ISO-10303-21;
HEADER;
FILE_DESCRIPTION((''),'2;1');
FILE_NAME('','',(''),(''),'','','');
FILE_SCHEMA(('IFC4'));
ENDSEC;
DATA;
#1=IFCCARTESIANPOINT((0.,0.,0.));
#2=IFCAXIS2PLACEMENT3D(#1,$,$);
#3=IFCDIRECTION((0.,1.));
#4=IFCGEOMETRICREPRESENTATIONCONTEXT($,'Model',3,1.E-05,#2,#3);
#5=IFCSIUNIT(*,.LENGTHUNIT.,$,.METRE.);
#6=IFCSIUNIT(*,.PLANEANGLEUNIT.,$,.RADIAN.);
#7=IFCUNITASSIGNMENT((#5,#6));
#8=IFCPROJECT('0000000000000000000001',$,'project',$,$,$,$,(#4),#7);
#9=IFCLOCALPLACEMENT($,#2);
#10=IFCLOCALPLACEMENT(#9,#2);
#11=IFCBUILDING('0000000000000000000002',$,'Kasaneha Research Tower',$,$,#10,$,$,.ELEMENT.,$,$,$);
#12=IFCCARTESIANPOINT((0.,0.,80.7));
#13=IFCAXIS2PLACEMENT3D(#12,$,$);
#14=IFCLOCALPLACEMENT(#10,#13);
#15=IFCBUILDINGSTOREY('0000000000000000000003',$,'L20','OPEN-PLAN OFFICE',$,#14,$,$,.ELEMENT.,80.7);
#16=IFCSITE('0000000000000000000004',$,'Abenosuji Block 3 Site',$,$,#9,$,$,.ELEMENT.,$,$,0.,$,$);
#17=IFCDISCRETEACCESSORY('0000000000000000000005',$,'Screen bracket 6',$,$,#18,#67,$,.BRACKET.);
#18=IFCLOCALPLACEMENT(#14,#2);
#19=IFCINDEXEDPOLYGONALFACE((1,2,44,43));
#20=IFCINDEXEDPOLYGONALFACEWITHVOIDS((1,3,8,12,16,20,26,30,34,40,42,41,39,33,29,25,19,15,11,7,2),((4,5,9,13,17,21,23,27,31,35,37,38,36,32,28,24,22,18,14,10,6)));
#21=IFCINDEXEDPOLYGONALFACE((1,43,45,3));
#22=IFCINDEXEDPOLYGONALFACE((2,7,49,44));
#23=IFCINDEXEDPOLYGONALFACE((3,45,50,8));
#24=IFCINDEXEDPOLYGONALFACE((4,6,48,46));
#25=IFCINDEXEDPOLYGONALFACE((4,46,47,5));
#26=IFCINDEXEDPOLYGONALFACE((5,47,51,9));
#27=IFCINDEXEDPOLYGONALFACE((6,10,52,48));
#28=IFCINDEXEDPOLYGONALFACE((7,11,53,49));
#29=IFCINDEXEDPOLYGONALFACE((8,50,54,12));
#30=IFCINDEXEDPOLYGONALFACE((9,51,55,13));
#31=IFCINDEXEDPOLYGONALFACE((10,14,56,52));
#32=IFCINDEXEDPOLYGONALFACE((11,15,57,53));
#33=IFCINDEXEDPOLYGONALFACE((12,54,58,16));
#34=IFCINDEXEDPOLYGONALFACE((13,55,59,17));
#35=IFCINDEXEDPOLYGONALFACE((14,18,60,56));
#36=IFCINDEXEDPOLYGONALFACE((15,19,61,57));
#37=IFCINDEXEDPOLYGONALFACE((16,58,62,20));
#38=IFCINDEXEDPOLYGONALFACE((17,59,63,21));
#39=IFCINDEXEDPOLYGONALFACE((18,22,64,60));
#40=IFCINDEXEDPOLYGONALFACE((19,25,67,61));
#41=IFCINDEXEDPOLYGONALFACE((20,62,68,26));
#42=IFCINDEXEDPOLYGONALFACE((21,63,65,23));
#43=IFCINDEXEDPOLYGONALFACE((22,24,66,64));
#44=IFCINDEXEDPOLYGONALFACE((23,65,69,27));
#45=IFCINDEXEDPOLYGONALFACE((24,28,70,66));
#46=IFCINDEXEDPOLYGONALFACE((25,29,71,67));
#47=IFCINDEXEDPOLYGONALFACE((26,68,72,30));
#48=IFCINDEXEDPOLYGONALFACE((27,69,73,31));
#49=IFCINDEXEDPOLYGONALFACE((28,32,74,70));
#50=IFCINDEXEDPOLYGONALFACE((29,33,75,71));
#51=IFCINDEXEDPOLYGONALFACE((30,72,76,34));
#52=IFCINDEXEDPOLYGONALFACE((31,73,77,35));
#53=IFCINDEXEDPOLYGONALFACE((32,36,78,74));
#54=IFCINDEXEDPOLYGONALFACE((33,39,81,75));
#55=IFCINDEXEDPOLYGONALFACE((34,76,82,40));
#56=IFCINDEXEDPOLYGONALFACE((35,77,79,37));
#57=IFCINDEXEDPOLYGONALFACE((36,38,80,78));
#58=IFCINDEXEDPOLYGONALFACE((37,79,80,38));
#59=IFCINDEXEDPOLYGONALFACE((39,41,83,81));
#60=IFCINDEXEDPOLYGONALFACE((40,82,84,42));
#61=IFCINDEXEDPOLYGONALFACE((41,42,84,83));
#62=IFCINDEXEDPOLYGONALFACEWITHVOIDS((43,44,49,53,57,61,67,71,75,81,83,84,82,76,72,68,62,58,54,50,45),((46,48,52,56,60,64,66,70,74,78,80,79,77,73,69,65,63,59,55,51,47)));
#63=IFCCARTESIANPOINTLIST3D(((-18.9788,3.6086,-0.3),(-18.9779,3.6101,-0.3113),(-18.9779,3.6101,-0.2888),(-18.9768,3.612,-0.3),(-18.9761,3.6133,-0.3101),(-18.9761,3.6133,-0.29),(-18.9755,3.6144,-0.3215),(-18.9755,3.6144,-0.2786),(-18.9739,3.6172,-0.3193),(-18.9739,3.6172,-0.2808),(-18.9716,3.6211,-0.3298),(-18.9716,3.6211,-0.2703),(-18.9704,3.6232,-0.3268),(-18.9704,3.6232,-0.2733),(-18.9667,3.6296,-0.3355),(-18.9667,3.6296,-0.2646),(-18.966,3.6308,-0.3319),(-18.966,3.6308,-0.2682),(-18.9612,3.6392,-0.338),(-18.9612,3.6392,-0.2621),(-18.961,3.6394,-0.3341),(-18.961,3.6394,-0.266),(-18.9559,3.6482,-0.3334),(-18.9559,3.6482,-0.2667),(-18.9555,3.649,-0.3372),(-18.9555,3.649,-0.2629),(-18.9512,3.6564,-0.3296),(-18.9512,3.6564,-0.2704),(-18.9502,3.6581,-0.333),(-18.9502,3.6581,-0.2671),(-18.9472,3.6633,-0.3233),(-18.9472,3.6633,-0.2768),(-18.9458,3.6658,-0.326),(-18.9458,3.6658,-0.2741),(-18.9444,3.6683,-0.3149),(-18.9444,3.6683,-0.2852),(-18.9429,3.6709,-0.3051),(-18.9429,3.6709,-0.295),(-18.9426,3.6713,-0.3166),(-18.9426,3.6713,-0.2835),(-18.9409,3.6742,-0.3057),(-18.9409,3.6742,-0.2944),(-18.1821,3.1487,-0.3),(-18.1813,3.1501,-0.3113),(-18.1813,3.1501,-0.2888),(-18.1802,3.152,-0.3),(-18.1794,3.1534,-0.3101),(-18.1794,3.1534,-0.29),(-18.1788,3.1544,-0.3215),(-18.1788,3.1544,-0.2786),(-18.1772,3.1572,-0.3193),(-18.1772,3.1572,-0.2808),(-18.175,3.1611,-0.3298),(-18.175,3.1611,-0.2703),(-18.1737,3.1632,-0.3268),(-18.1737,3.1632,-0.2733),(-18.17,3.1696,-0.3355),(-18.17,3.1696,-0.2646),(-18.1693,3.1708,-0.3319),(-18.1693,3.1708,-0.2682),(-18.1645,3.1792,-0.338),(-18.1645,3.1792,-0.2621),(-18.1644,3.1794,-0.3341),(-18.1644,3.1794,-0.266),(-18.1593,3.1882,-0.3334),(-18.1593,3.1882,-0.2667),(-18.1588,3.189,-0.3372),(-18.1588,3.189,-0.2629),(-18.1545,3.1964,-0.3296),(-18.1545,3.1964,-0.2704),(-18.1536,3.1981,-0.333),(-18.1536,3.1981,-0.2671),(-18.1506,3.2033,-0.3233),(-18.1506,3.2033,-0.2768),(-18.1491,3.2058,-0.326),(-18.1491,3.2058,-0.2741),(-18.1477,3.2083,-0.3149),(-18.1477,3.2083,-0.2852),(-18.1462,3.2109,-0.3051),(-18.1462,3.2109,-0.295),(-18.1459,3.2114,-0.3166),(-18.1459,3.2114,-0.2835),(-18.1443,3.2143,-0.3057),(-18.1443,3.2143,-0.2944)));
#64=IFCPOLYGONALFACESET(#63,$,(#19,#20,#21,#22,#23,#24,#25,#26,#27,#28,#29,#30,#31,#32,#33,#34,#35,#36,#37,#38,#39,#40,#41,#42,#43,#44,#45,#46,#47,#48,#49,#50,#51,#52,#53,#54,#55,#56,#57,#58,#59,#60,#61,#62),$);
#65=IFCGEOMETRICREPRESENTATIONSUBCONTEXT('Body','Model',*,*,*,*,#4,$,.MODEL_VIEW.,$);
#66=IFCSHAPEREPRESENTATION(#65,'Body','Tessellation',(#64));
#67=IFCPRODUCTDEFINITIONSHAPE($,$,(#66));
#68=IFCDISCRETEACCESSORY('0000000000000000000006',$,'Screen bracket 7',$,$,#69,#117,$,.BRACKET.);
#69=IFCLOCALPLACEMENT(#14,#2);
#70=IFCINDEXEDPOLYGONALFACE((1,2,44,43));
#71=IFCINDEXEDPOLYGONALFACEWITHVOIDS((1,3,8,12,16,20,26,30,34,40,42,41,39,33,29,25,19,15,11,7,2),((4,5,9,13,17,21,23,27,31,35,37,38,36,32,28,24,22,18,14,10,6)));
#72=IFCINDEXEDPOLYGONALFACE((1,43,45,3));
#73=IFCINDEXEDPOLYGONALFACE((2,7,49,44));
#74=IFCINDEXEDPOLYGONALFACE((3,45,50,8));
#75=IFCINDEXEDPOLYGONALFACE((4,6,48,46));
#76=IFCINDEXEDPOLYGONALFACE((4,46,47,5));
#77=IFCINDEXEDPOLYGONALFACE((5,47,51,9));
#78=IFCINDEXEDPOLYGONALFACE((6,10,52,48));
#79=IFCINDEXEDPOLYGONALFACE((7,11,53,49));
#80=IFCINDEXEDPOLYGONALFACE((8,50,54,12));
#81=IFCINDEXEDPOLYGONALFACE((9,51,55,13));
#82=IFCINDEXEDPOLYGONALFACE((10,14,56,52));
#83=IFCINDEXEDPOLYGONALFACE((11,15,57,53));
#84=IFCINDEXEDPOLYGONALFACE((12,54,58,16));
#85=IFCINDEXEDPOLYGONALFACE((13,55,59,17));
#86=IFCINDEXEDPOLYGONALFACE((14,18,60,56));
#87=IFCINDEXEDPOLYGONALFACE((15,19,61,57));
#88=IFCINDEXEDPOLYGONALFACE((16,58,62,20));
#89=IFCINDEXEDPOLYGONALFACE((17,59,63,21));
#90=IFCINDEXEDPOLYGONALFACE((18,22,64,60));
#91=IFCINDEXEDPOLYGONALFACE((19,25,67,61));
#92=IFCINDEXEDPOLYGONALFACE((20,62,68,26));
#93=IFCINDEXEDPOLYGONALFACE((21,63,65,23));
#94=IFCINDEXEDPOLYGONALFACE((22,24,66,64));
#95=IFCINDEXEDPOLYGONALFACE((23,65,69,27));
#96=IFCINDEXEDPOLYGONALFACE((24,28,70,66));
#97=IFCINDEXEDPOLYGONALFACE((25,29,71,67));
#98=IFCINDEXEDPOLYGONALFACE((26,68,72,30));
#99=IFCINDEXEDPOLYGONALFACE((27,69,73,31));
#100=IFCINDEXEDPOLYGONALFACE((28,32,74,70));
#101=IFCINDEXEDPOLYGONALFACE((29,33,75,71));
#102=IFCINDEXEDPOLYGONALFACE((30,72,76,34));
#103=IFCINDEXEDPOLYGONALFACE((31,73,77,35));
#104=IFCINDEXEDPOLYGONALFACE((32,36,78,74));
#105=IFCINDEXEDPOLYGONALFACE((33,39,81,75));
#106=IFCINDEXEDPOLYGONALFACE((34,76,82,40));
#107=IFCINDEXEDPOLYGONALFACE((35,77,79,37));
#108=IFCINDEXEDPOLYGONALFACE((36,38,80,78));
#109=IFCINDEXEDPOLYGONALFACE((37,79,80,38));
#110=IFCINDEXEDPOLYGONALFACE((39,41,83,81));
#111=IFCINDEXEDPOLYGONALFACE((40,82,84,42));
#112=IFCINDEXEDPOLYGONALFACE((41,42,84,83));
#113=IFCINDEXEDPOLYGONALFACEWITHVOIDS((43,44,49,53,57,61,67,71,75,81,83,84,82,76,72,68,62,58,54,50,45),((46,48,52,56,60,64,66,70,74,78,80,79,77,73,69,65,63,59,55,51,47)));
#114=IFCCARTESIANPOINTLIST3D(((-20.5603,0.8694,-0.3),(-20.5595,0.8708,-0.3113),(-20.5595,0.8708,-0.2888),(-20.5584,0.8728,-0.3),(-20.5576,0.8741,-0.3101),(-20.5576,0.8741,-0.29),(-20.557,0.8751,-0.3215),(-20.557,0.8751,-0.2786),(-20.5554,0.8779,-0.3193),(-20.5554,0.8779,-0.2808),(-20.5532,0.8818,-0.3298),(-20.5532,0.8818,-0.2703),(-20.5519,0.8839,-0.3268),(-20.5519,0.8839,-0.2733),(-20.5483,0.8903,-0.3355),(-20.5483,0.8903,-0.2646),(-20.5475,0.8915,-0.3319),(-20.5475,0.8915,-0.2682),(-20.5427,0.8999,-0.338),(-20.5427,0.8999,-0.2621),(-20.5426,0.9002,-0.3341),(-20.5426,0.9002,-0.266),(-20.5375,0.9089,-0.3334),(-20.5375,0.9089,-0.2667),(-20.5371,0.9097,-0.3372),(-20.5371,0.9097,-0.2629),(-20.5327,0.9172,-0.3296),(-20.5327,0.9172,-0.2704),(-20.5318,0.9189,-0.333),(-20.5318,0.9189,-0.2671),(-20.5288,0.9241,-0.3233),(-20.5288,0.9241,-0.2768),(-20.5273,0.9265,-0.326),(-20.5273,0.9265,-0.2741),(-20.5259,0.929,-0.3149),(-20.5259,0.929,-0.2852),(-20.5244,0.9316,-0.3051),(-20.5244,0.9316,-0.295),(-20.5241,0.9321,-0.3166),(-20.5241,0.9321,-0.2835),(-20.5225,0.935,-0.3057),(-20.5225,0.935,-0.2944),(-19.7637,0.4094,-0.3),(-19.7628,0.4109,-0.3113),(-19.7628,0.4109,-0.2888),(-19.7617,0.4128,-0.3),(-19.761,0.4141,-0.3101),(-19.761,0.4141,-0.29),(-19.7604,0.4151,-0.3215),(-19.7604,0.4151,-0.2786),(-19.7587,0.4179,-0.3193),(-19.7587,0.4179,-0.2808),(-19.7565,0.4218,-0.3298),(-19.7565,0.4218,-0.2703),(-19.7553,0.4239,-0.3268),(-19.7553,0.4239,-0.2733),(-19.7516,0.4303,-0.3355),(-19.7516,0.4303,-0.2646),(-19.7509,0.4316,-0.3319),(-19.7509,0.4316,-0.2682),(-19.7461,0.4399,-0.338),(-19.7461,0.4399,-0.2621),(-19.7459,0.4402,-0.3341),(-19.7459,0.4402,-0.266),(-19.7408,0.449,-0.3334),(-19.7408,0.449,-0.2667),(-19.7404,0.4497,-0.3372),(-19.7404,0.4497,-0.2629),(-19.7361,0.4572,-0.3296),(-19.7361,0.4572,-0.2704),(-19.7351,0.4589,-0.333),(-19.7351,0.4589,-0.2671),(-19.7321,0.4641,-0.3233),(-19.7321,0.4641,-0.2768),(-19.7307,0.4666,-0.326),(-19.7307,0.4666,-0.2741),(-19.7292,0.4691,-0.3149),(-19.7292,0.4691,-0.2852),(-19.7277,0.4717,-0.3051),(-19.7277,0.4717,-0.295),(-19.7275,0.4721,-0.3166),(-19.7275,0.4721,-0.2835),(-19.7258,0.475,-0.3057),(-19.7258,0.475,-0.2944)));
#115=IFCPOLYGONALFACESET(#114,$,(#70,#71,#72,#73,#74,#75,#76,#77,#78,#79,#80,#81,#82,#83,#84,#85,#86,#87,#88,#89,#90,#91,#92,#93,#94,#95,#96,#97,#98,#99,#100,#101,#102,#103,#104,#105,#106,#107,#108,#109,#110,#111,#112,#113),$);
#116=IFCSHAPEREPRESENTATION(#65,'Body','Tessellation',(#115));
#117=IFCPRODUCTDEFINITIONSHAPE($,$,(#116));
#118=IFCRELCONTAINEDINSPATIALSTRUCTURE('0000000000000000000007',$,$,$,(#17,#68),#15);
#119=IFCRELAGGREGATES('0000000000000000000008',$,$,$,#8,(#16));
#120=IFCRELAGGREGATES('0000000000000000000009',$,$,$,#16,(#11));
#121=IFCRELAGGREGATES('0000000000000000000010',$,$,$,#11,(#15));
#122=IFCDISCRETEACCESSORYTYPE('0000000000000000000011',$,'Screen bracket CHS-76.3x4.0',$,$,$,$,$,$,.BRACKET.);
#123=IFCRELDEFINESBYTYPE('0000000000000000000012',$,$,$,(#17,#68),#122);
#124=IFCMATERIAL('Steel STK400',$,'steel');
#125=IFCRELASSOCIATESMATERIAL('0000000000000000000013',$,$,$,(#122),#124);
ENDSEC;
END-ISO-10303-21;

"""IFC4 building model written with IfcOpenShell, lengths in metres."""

from ifc_helpers import new_model, si_unit, direction, frame, origin, origin_2d, place, context, subcontext, project, spatial, hollow_circle, extrude, material, material_profile, profile_set, type_object, element, save


model = new_model("IFC4")

# Units and contexts
model_context = context("Model", 3, precision=1e-05, world=origin(), true_north=direction((0.0, 1.0)))
body_context = subcontext(model_context, "Body", "Model", "MODEL_VIEW")
ifc_project = project(units=[si_unit("LENGTHUNIT", "METRE"), si_unit("PLANEANGLEUNIT", "RADIAN")], contexts=[model_context])

# Site, building, storey
site_placement = place(None, origin())
site = spatial("IfcSite", under=ifc_project, at=site_placement, Name="Abenosuji Block 3 Site", CompositionType="ELEMENT", RefElevation=0.0)
building_placement = place(site_placement, origin())
building = spatial("IfcBuilding", under=site, at=building_placement, Name="Kasaneha Research Tower", CompositionType="ELEMENT")
storey_placement = place(building_placement, frame((0.0, 0.0, 80.7)))
storey = spatial("IfcBuildingStorey", under=building, at=storey_placement, Name="L20", Description="OPEN-PLAN OFFICE", CompositionType="ELEMENT", Elevation=80.7)

# Discrete accessories
ifc_material_1 = material(Name="Steel STK400", Category="steel")
ifc_material_profile_1 = material_profile(ifc_material_1, hollow_circle(Radius=0.0381, WallThickness=0.0039, at=origin_2d()), Name="CHS-76.3x4.0")
ifc_profile_set_1 = profile_set([ifc_material_profile_1], Name="Steel STK400")
discrete_accessory_type = type_object("IfcDiscreteAccessoryType", Name="Screen bracket CHS-76.3x4.0", PredefinedType="BRACKET", material=ifc_profile_set_1)
for number, where, z_axis, x_axis, name in (
    (1, (-18.1631, 3.1816, -0.3), (-0.866013, 0.500021, 0.0), (-0.500021, -0.866013, 0.0), "Screen bracket 6"),
    (2, (-19.7446, 0.4424, -0.3), (-0.866013, 0.500021, 0.0), (-0.500021, -0.866013, 0.0), "Screen bracket 7"),
):
    element("IfcDiscreteAccessory", number, at=place(storey_placement, frame(where, z_axis=z_axis, x_axis=x_axis)), inside=storey, type_object=discrete_accessory_type, Name=name, PredefinedType="BRACKET", context=body_context, shape_type="SweptSolid", body=[
        extrude(hollow_circle(Radius=0.0381, WallThickness=0.0039, at=origin_2d()), origin(), (0.0, 0.0, 1.0), 0.9199),
    ])

save(model, "model.ifc")
